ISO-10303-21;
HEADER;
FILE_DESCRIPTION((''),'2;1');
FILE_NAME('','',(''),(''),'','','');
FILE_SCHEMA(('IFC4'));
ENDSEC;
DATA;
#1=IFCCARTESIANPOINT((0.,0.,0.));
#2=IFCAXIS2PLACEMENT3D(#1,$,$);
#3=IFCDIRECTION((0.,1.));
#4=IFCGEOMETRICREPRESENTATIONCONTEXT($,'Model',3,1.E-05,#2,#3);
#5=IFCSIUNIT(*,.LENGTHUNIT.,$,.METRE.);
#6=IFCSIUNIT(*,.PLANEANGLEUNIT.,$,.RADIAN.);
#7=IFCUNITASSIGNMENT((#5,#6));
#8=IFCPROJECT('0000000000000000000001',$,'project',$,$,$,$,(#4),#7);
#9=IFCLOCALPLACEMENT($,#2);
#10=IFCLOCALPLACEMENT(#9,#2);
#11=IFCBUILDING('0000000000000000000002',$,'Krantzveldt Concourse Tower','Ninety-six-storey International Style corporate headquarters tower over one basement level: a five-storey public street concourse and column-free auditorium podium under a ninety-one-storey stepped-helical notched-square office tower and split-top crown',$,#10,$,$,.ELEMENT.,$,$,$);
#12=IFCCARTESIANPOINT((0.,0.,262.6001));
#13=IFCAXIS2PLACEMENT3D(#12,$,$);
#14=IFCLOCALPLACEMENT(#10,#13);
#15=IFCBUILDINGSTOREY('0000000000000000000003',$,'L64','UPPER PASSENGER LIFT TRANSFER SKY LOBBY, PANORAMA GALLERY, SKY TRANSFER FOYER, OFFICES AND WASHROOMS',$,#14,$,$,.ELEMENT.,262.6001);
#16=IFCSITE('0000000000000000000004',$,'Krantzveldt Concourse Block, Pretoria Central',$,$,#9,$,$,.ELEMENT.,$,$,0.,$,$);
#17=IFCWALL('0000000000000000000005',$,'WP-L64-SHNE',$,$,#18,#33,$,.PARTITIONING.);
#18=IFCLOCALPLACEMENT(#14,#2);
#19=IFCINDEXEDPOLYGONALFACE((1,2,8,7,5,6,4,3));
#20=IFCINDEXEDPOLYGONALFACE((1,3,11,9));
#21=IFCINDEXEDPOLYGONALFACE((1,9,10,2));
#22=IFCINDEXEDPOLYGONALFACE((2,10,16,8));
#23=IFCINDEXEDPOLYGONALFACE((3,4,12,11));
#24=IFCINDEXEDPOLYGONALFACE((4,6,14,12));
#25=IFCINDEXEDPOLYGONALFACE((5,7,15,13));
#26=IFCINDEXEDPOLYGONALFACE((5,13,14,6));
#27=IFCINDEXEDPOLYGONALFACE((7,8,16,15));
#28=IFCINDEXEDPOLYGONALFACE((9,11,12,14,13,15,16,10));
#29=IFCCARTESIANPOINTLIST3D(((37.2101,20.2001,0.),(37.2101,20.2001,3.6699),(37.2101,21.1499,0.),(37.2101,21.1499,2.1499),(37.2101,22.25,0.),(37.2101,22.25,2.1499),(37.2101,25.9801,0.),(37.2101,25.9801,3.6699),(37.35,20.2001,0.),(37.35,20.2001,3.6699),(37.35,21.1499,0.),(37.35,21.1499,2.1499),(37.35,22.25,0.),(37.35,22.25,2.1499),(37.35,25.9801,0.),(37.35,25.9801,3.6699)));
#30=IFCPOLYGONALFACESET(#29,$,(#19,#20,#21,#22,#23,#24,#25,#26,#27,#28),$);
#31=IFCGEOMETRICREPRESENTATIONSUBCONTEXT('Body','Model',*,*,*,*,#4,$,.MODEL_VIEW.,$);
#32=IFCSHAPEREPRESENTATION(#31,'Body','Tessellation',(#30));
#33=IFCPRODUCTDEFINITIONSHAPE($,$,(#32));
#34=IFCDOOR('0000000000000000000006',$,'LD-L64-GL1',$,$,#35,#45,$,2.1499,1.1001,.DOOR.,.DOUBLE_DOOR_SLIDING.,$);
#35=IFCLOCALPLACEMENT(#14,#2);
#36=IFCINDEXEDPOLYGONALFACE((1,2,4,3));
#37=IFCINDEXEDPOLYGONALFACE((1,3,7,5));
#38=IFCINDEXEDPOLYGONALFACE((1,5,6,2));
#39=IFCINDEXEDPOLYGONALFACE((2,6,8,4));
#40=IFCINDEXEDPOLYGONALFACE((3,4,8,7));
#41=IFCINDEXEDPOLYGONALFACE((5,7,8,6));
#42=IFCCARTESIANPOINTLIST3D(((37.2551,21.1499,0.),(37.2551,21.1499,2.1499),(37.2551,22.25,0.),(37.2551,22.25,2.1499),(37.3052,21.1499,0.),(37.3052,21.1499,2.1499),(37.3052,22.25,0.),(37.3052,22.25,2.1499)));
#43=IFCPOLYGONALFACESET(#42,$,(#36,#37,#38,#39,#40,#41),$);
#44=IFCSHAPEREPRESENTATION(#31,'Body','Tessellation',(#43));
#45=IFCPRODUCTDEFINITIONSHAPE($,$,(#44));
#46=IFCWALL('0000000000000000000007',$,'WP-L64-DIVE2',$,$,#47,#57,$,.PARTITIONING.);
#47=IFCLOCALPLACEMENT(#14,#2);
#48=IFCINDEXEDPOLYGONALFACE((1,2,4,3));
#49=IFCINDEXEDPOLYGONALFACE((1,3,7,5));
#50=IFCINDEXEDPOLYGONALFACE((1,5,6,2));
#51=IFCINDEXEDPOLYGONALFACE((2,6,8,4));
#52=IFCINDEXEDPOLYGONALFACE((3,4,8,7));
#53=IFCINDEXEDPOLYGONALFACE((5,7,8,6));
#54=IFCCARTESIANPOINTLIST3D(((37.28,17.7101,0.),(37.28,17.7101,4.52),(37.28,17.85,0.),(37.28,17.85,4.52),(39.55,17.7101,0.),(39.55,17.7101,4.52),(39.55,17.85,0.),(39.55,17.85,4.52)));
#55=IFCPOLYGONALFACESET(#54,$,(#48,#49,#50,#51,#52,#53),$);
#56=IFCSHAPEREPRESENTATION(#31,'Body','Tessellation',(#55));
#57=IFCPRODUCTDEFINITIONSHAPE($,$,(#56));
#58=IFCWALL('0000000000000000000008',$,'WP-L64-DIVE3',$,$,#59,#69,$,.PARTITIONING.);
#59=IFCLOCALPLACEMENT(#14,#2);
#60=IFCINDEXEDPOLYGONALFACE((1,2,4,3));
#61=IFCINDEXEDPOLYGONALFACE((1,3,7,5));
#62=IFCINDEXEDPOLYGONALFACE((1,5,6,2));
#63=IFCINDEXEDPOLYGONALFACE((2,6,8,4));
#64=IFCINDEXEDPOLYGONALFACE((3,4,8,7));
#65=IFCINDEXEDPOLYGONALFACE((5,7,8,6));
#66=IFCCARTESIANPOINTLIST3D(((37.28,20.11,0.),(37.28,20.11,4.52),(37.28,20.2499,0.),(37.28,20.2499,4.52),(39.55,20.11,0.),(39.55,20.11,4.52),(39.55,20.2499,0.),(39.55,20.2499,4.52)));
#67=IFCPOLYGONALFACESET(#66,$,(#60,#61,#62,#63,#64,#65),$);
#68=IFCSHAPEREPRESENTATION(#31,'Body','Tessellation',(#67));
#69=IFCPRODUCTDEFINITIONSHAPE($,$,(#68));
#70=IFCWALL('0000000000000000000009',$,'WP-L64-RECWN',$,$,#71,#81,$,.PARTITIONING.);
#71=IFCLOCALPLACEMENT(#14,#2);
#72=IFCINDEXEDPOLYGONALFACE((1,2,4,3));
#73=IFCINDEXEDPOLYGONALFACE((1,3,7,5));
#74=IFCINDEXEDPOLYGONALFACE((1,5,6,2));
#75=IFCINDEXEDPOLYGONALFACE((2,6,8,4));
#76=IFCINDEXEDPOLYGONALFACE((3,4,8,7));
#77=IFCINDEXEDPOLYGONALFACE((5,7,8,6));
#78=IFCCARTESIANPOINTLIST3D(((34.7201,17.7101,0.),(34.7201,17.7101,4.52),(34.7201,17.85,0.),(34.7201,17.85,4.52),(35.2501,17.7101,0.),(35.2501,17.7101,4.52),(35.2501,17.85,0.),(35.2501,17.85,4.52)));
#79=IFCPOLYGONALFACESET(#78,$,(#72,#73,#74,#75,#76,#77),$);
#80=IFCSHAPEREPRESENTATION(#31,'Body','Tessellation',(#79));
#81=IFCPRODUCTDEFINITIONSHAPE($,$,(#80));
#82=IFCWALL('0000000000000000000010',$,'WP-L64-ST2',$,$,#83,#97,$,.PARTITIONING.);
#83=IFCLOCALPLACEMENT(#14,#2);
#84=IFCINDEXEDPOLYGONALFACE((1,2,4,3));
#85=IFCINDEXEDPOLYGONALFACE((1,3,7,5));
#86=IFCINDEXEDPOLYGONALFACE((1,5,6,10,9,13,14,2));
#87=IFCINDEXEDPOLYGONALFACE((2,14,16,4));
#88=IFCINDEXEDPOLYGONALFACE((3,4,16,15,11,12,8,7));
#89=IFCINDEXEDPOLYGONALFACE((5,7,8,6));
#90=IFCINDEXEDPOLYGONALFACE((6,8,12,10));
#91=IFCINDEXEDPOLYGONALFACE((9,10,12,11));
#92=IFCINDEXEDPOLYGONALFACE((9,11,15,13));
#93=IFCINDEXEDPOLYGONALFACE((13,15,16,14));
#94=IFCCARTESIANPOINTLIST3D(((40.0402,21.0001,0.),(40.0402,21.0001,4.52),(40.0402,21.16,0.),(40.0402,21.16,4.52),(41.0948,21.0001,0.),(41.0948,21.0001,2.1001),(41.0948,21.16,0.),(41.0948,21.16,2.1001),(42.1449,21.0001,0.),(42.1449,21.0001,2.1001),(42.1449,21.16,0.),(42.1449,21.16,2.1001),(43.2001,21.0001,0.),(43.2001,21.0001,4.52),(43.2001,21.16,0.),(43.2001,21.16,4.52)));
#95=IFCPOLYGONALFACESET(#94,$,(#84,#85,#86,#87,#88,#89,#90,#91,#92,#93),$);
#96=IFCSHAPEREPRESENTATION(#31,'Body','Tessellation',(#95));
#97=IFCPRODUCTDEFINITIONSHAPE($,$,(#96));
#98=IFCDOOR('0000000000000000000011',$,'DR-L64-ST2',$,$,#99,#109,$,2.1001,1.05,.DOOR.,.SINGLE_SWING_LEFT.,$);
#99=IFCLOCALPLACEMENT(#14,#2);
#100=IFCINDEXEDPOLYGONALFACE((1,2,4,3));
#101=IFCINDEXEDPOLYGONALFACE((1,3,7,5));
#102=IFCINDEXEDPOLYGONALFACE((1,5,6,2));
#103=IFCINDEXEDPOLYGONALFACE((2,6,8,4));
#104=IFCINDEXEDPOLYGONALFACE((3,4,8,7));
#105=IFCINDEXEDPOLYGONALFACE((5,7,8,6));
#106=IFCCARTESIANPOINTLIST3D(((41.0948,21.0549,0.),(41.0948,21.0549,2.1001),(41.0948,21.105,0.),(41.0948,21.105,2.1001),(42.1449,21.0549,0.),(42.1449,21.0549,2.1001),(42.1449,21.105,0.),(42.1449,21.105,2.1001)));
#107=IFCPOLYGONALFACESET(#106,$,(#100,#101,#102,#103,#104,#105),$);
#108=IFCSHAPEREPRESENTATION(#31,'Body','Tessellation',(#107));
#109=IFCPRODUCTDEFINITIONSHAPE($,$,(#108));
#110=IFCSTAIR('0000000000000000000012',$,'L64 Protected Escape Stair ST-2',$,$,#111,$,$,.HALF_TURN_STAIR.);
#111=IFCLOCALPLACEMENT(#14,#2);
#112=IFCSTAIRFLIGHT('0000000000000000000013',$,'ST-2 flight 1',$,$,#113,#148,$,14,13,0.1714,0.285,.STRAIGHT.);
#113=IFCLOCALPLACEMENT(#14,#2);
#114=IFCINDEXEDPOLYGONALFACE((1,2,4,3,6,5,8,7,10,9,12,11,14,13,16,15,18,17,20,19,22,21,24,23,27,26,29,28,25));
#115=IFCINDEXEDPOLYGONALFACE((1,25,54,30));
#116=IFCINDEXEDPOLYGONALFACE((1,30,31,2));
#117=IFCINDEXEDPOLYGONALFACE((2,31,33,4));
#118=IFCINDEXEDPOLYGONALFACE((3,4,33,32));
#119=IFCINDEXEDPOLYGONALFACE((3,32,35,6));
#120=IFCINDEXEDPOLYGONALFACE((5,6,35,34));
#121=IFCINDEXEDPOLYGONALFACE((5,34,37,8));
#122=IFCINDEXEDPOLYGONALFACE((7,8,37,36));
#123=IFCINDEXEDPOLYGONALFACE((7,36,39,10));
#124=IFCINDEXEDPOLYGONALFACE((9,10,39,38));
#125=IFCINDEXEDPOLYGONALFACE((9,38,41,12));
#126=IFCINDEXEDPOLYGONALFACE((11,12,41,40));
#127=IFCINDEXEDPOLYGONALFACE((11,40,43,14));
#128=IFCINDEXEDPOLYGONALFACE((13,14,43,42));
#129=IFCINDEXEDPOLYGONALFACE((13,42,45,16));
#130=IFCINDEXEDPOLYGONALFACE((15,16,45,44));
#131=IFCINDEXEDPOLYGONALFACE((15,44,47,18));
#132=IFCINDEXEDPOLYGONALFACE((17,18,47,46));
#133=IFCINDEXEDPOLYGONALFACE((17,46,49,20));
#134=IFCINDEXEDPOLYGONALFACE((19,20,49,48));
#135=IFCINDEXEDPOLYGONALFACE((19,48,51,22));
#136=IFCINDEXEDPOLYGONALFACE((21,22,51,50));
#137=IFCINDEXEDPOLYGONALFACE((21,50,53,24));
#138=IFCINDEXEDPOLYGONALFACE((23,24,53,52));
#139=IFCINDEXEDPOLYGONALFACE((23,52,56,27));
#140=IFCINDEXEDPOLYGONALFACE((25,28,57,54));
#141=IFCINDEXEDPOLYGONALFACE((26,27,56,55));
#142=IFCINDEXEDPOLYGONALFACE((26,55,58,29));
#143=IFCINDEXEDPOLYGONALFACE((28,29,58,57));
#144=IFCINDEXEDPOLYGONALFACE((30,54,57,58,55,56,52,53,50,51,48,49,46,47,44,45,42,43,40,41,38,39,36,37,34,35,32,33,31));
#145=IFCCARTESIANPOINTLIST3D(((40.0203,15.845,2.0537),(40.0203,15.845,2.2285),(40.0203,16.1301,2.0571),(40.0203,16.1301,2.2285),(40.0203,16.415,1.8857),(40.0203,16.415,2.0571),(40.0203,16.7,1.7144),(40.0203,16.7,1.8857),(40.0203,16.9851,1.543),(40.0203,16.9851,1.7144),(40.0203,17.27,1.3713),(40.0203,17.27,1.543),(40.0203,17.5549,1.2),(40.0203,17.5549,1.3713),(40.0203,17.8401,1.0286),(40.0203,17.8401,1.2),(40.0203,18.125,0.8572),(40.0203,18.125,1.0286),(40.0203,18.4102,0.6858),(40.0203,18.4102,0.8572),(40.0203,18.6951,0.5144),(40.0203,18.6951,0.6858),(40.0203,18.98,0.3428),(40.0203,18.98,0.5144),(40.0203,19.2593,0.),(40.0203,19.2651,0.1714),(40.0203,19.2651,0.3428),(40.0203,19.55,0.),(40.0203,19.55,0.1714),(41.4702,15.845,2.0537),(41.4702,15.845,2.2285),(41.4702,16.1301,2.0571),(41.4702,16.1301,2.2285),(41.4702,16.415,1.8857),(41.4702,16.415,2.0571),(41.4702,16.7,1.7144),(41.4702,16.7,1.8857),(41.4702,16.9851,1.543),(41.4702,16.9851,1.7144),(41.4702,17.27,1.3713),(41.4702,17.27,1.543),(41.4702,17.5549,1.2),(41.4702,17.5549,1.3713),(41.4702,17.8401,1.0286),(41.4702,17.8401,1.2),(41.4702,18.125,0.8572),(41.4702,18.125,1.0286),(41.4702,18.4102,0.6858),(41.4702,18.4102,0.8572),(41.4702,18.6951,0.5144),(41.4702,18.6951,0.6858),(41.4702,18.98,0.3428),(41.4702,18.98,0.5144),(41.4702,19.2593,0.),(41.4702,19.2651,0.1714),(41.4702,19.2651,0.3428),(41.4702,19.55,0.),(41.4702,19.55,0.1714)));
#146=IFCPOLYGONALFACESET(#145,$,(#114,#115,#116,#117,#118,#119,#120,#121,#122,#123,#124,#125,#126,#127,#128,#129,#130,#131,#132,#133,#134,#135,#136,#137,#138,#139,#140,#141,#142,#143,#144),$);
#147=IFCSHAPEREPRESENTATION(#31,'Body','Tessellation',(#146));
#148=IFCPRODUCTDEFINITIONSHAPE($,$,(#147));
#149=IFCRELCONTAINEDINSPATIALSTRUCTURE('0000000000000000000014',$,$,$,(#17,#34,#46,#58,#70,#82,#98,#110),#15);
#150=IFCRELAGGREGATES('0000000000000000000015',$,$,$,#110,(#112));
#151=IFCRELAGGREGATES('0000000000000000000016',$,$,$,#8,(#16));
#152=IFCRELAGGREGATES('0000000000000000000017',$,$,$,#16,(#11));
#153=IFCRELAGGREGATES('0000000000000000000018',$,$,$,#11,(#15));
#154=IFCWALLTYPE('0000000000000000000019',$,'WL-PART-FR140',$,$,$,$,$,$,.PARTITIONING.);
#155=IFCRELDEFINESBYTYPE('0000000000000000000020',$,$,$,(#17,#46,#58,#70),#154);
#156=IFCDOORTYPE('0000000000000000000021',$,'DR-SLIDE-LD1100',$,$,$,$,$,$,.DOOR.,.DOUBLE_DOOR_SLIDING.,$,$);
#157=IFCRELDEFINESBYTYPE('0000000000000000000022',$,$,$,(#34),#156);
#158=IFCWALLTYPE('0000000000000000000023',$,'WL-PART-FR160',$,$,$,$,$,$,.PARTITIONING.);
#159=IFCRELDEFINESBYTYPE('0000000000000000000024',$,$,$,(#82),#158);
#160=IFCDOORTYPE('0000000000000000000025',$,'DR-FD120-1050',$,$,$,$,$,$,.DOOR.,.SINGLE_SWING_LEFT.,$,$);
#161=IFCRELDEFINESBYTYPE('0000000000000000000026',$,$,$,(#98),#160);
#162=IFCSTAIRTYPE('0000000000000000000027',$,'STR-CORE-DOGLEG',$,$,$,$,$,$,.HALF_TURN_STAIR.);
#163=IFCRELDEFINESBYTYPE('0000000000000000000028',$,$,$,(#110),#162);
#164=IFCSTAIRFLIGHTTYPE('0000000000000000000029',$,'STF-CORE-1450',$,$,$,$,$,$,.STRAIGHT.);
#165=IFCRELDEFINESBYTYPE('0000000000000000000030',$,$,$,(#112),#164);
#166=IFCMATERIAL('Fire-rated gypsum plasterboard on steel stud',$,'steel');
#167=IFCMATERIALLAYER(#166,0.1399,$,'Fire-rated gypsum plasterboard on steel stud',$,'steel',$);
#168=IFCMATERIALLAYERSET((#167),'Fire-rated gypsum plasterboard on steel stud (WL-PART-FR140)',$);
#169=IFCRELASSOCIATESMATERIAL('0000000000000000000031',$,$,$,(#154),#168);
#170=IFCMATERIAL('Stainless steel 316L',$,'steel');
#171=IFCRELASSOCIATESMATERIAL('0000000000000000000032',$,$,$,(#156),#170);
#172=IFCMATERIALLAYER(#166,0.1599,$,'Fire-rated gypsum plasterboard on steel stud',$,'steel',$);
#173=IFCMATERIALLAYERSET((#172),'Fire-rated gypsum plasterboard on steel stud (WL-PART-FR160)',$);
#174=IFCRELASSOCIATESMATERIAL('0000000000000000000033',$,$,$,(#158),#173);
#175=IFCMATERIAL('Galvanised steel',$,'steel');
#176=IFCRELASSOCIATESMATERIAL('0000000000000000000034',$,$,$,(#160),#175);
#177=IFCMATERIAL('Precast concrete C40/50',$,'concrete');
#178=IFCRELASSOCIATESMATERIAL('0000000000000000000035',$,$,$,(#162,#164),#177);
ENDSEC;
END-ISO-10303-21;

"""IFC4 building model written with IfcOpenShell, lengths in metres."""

from ifc_helpers import new_model, si_unit, direction, frame, frame_2d, origin, place, context, subcontext, project, spatial, polyline, rectangle, outline, extrude, material, layer, layer_set, type_object, element, fill, aggregate, save


model = new_model("IFC4")

# Units and contexts
model_context = context("Model", 3, precision=1e-05, world=origin(), true_north=direction((0.0, 1.0)))
body_context = subcontext(model_context, "Body", "Model", "MODEL_VIEW")
ifc_project = project(units=[si_unit("LENGTHUNIT", "METRE"), si_unit("PLANEANGLEUNIT", "RADIAN")], contexts=[model_context])

# Site, building, storey
site_placement = place(None, origin())
site = spatial("IfcSite", under=ifc_project, at=site_placement, Name="Krantzveldt Concourse Block, Pretoria Central", CompositionType="ELEMENT", RefElevation=0.0)
building_placement = place(site_placement, origin())
building = spatial("IfcBuilding", under=site, at=building_placement, Name="Krantzveldt Concourse Tower", Description="Ninety-six-storey International Style corporate headquarters tower over one basement level: a five-storey public street concourse and column-free auditorium podium under a ninety-one-storey stepped-helical notched-square office tower and split-top crown", CompositionType="ELEMENT")
storey_placement = place(building_placement, frame((0.0, 0.0, 262.6001)))
storey = spatial("IfcBuildingStorey", under=building, at=storey_placement, Name="L64", Description="UPPER PASSENGER LIFT TRANSFER SKY LOBBY, PANORAMA GALLERY, SKY TRANSFER FOYER, OFFICES AND WASHROOMS", CompositionType="ELEMENT", Elevation=262.6001)

# Wall, opening, door
ifc_material_1 = material(Name="Fire-rated gypsum plasterboard on steel stud", Category="steel")
ifc_layer_1 = layer(ifc_material_1, 0.1399, Name="Fire-rated gypsum plasterboard on steel stud", Category="steel")
ifc_layer_set_1 = layer_set([ifc_layer_1], Name="Fire-rated gypsum plasterboard on steel stud (WL-PART-FR140)")
wall_type_1 = type_object("IfcWallType", Name="WL-PART-FR140", PredefinedType="PARTITIONING", material=ifc_layer_set_1)
wall_1_placement = place(storey_placement, frame((37.28, 20.2, 0.0), z_axis=(0.0, 0.0, 1.0), x_axis=(0.0, 1.0, 0.0)))
wall_1 = element("IfcWall", 1, at=wall_1_placement, inside=storey, type_object=wall_type_1, Name="WP-L64-SHNE", PredefinedType="PARTITIONING", context=body_context, shape_type="SweptSolid", body=[
    extrude(rectangle(XDim=5.78, YDim=0.1399, at=frame_2d((2.8901, 0.0))), origin(), (0.0, 0.0, 1.0), 3.6699),
])
opening_1_placement = place(wall_1_placement, frame((0.95, 0.0, 0.0)))
opening_1 = element("IfcOpeningElement", 2, at=opening_1_placement, cuts=wall_1, PredefinedType="OPENING", context=body_context, shape_type="SweptSolid", body=[
    extrude(rectangle(XDim=1.1001, YDim=2.1499, at=frame_2d((0.55, 1.075))), frame((0.0, 0.0801, 0.0), z_axis=(0.0, -1.0, 0.0), x_axis=(1.0, 0.0, 0.0)), (0.0, 0.0, 1.0), 0.1599),
])
ifc_material_2 = material(Name="Stainless steel 316L", Category="steel")
door_type_1 = type_object("IfcDoorType", Name="DR-SLIDE-LD1100", OperationType="DOUBLE_DOOR_SLIDING", PredefinedType="DOOR", material=ifc_material_2)
door_1_placement = place(opening_1_placement, origin())
door_1 = element("IfcDoor", 3, at=door_1_placement, inside=storey, type_object=door_type_1, Name="LD-L64-GL1", OperationType="DOUBLE_DOOR_SLIDING", OverallHeight=2.1499, OverallWidth=1.1001, PredefinedType="DOOR", context=body_context, shape_type="SweptSolid", body=[
    extrude(rectangle(XDim=1.1001, YDim=2.1499, at=frame_2d((0.55, 1.075))), frame((0.0, 0.0249, 0.0), z_axis=(0.0, -1.0, 0.0), x_axis=(1.0, 0.0, 0.0)), (0.0, 0.0, 1.0), 0.05),
])
fill(opening_1, door_1)

# Walls
for number, where, z_axis, x_axis, name in (
    (4, (37.28, 17.78, 0.0), (0.0, 0.0, 1.0), (1.0, 0.0, 0.0), "WP-L64-DIVE2"),
    (5, (37.28, 20.1799, 0.0), (0.0, 0.0, 1.0), (1.0, 0.0, 0.0), "WP-L64-DIVE3"),
):
    element("IfcWall", number, at=place(storey_placement, frame(where, z_axis=z_axis, x_axis=x_axis)), inside=storey, type_object=wall_type_1, Name=name, PredefinedType="PARTITIONING", context=body_context, shape_type="SweptSolid", body=[
        extrude(rectangle(XDim=2.27, YDim=0.1399, at=frame_2d((1.135, 0.0))), origin(), (0.0, 0.0, 1.0), 4.52),
    ])
wall_2_placement = place(storey_placement, frame((34.72, 17.78, 0.0), z_axis=(0.0, 0.0, 1.0), x_axis=(1.0, 0.0, 0.0)))
element("IfcWall", 6, at=wall_2_placement, inside=storey, type_object=wall_type_1, Name="WP-L64-RECWN", PredefinedType="PARTITIONING", context=body_context, shape_type="SweptSolid", body=[
    extrude(rectangle(XDim=0.53, YDim=0.1399, at=frame_2d((0.2651, 0.0))), origin(), (0.0, 0.0, 1.0), 4.52),
])

# Wall, opening, door
ifc_layer_2 = layer(ifc_material_1, 0.1599, Name="Fire-rated gypsum plasterboard on steel stud", Category="steel")
ifc_layer_set_2 = layer_set([ifc_layer_2], Name="Fire-rated gypsum plasterboard on steel stud (WL-PART-FR160)")
wall_type_2 = type_object("IfcWallType", Name="WL-PART-FR160", PredefinedType="PARTITIONING", material=ifc_layer_set_2)
wall_3_placement = place(storey_placement, frame((40.04, 21.0801, 0.0), z_axis=(0.0, 0.0, 1.0), x_axis=(1.0, 0.0, 0.0)))
wall_3 = element("IfcWall", 7, at=wall_3_placement, inside=storey, type_object=wall_type_2, Name="WP-L64-ST2", PredefinedType="PARTITIONING", context=body_context, shape_type="SweptSolid", body=[
    extrude(rectangle(XDim=3.1599, YDim=0.1599, at=frame_2d((1.5801, 0.0))), origin(), (0.0, 0.0, 1.0), 4.52),
])
opening_2_placement = place(wall_3_placement, frame((1.0549, 0.0, 0.0)))
opening_2 = element("IfcOpeningElement", 8, at=opening_2_placement, cuts=wall_3, PredefinedType="OPENING", context=body_context, shape_type="SweptSolid", body=[
    extrude(rectangle(XDim=1.05, YDim=2.1001, at=frame_2d((0.5249, 1.05))), frame((0.0, 0.0898, 0.0), z_axis=(0.0, -1.0, 0.0), x_axis=(1.0, 0.0, 0.0)), (0.0, 0.0, 1.0), 0.1799),
])
ifc_material_3 = material(Name="Galvanised steel", Category="steel")
door_type_2 = type_object("IfcDoorType", Name="DR-FD120-1050", OperationType="SINGLE_SWING_LEFT", PredefinedType="DOOR", material=ifc_material_3)
door_2_placement = place(opening_2_placement, origin())
door_2 = element("IfcDoor", 9, at=door_2_placement, inside=storey, type_object=door_type_2, Name="DR-L64-ST2", OperationType="SINGLE_SWING_LEFT", OverallHeight=2.1001, OverallWidth=1.05, PredefinedType="DOOR", context=body_context, shape_type="SweptSolid", body=[
    extrude(rectangle(XDim=1.05, YDim=2.1001, at=frame_2d((0.5249, 1.05))), frame((0.0, 0.0249, 0.0), z_axis=(0.0, -1.0, 0.0), x_axis=(1.0, 0.0, 0.0)), (0.0, 0.0, 1.0), 0.05),
])
fill(opening_2, door_2)

# Stair, stair flight
ifc_material_4 = material(Name="Precast concrete C40/50", Category="concrete")
stair_type = type_object("IfcStairType", Name="STR-CORE-DOGLEG", PredefinedType="HALF_TURN_STAIR", material=ifc_material_4)
stair_placement = place(storey_placement, origin())
stair = element("IfcStair", 10, at=stair_placement, inside=storey, type_object=stair_type, Name="L64 Protected Escape Stair ST-2", PredefinedType="HALF_TURN_STAIR")
stair_flight_type = type_object("IfcStairFlightType", Name="STF-CORE-1450", PredefinedType="STRAIGHT", material=ifc_material_4)
stair_flight_placement = place(storey_placement, frame((40.7451, 19.55, 0.0), z_axis=(0.0, 0.0, 1.0), x_axis=(0.0, -1.0, 0.0)))
stair_flight = element("IfcStairFlight", 11, at=stair_flight_placement, type_object=stair_flight_type, Name="ST-2 flight 1", NumberOfRisers=14, NumberOfTreads=13, PredefinedType="STRAIGHT", RiserHeight=0.1714, TreadLength=0.285, context=body_context, shape_type="SweptSolid", body=[
    extrude(outline(polyline([(0.0, 0.0), (0.0, 0.1714), (0.2849, 0.1714), (0.2849, 0.3428), (0.5701, 0.3428), (0.5701, 0.5144), (0.855, 0.5144), (0.855, 0.6858), (1.1399, 0.6858), (1.1399, 0.8572), (1.425, 0.8572), (1.425, 1.0286), (1.71, 1.0286), (1.71, 1.2), (1.9951, 1.2), (1.9951, 1.3713), (2.28, 1.3713), (2.28, 1.543), (2.5649, 1.543), (2.5649, 1.7144), (2.8501, 1.7144), (2.8501, 1.8857), (3.135, 1.8857), (3.135, 2.0571), (3.4199, 2.0571), (3.4199, 2.2285), (3.7051, 2.2285), (3.7051, 2.3999), (3.7051, 2.0537), (0.2908, 0.0), (0.0, 0.0)])), frame((0.0, 0.7251, 0.0), z_axis=(0.0, -1.0, 0.0), x_axis=(1.0, 0.0, 0.0)), (0.0, 0.0, 1.0), 1.45),
])
aggregate(stair, [stair_flight])

save(model, "model.ifc")
